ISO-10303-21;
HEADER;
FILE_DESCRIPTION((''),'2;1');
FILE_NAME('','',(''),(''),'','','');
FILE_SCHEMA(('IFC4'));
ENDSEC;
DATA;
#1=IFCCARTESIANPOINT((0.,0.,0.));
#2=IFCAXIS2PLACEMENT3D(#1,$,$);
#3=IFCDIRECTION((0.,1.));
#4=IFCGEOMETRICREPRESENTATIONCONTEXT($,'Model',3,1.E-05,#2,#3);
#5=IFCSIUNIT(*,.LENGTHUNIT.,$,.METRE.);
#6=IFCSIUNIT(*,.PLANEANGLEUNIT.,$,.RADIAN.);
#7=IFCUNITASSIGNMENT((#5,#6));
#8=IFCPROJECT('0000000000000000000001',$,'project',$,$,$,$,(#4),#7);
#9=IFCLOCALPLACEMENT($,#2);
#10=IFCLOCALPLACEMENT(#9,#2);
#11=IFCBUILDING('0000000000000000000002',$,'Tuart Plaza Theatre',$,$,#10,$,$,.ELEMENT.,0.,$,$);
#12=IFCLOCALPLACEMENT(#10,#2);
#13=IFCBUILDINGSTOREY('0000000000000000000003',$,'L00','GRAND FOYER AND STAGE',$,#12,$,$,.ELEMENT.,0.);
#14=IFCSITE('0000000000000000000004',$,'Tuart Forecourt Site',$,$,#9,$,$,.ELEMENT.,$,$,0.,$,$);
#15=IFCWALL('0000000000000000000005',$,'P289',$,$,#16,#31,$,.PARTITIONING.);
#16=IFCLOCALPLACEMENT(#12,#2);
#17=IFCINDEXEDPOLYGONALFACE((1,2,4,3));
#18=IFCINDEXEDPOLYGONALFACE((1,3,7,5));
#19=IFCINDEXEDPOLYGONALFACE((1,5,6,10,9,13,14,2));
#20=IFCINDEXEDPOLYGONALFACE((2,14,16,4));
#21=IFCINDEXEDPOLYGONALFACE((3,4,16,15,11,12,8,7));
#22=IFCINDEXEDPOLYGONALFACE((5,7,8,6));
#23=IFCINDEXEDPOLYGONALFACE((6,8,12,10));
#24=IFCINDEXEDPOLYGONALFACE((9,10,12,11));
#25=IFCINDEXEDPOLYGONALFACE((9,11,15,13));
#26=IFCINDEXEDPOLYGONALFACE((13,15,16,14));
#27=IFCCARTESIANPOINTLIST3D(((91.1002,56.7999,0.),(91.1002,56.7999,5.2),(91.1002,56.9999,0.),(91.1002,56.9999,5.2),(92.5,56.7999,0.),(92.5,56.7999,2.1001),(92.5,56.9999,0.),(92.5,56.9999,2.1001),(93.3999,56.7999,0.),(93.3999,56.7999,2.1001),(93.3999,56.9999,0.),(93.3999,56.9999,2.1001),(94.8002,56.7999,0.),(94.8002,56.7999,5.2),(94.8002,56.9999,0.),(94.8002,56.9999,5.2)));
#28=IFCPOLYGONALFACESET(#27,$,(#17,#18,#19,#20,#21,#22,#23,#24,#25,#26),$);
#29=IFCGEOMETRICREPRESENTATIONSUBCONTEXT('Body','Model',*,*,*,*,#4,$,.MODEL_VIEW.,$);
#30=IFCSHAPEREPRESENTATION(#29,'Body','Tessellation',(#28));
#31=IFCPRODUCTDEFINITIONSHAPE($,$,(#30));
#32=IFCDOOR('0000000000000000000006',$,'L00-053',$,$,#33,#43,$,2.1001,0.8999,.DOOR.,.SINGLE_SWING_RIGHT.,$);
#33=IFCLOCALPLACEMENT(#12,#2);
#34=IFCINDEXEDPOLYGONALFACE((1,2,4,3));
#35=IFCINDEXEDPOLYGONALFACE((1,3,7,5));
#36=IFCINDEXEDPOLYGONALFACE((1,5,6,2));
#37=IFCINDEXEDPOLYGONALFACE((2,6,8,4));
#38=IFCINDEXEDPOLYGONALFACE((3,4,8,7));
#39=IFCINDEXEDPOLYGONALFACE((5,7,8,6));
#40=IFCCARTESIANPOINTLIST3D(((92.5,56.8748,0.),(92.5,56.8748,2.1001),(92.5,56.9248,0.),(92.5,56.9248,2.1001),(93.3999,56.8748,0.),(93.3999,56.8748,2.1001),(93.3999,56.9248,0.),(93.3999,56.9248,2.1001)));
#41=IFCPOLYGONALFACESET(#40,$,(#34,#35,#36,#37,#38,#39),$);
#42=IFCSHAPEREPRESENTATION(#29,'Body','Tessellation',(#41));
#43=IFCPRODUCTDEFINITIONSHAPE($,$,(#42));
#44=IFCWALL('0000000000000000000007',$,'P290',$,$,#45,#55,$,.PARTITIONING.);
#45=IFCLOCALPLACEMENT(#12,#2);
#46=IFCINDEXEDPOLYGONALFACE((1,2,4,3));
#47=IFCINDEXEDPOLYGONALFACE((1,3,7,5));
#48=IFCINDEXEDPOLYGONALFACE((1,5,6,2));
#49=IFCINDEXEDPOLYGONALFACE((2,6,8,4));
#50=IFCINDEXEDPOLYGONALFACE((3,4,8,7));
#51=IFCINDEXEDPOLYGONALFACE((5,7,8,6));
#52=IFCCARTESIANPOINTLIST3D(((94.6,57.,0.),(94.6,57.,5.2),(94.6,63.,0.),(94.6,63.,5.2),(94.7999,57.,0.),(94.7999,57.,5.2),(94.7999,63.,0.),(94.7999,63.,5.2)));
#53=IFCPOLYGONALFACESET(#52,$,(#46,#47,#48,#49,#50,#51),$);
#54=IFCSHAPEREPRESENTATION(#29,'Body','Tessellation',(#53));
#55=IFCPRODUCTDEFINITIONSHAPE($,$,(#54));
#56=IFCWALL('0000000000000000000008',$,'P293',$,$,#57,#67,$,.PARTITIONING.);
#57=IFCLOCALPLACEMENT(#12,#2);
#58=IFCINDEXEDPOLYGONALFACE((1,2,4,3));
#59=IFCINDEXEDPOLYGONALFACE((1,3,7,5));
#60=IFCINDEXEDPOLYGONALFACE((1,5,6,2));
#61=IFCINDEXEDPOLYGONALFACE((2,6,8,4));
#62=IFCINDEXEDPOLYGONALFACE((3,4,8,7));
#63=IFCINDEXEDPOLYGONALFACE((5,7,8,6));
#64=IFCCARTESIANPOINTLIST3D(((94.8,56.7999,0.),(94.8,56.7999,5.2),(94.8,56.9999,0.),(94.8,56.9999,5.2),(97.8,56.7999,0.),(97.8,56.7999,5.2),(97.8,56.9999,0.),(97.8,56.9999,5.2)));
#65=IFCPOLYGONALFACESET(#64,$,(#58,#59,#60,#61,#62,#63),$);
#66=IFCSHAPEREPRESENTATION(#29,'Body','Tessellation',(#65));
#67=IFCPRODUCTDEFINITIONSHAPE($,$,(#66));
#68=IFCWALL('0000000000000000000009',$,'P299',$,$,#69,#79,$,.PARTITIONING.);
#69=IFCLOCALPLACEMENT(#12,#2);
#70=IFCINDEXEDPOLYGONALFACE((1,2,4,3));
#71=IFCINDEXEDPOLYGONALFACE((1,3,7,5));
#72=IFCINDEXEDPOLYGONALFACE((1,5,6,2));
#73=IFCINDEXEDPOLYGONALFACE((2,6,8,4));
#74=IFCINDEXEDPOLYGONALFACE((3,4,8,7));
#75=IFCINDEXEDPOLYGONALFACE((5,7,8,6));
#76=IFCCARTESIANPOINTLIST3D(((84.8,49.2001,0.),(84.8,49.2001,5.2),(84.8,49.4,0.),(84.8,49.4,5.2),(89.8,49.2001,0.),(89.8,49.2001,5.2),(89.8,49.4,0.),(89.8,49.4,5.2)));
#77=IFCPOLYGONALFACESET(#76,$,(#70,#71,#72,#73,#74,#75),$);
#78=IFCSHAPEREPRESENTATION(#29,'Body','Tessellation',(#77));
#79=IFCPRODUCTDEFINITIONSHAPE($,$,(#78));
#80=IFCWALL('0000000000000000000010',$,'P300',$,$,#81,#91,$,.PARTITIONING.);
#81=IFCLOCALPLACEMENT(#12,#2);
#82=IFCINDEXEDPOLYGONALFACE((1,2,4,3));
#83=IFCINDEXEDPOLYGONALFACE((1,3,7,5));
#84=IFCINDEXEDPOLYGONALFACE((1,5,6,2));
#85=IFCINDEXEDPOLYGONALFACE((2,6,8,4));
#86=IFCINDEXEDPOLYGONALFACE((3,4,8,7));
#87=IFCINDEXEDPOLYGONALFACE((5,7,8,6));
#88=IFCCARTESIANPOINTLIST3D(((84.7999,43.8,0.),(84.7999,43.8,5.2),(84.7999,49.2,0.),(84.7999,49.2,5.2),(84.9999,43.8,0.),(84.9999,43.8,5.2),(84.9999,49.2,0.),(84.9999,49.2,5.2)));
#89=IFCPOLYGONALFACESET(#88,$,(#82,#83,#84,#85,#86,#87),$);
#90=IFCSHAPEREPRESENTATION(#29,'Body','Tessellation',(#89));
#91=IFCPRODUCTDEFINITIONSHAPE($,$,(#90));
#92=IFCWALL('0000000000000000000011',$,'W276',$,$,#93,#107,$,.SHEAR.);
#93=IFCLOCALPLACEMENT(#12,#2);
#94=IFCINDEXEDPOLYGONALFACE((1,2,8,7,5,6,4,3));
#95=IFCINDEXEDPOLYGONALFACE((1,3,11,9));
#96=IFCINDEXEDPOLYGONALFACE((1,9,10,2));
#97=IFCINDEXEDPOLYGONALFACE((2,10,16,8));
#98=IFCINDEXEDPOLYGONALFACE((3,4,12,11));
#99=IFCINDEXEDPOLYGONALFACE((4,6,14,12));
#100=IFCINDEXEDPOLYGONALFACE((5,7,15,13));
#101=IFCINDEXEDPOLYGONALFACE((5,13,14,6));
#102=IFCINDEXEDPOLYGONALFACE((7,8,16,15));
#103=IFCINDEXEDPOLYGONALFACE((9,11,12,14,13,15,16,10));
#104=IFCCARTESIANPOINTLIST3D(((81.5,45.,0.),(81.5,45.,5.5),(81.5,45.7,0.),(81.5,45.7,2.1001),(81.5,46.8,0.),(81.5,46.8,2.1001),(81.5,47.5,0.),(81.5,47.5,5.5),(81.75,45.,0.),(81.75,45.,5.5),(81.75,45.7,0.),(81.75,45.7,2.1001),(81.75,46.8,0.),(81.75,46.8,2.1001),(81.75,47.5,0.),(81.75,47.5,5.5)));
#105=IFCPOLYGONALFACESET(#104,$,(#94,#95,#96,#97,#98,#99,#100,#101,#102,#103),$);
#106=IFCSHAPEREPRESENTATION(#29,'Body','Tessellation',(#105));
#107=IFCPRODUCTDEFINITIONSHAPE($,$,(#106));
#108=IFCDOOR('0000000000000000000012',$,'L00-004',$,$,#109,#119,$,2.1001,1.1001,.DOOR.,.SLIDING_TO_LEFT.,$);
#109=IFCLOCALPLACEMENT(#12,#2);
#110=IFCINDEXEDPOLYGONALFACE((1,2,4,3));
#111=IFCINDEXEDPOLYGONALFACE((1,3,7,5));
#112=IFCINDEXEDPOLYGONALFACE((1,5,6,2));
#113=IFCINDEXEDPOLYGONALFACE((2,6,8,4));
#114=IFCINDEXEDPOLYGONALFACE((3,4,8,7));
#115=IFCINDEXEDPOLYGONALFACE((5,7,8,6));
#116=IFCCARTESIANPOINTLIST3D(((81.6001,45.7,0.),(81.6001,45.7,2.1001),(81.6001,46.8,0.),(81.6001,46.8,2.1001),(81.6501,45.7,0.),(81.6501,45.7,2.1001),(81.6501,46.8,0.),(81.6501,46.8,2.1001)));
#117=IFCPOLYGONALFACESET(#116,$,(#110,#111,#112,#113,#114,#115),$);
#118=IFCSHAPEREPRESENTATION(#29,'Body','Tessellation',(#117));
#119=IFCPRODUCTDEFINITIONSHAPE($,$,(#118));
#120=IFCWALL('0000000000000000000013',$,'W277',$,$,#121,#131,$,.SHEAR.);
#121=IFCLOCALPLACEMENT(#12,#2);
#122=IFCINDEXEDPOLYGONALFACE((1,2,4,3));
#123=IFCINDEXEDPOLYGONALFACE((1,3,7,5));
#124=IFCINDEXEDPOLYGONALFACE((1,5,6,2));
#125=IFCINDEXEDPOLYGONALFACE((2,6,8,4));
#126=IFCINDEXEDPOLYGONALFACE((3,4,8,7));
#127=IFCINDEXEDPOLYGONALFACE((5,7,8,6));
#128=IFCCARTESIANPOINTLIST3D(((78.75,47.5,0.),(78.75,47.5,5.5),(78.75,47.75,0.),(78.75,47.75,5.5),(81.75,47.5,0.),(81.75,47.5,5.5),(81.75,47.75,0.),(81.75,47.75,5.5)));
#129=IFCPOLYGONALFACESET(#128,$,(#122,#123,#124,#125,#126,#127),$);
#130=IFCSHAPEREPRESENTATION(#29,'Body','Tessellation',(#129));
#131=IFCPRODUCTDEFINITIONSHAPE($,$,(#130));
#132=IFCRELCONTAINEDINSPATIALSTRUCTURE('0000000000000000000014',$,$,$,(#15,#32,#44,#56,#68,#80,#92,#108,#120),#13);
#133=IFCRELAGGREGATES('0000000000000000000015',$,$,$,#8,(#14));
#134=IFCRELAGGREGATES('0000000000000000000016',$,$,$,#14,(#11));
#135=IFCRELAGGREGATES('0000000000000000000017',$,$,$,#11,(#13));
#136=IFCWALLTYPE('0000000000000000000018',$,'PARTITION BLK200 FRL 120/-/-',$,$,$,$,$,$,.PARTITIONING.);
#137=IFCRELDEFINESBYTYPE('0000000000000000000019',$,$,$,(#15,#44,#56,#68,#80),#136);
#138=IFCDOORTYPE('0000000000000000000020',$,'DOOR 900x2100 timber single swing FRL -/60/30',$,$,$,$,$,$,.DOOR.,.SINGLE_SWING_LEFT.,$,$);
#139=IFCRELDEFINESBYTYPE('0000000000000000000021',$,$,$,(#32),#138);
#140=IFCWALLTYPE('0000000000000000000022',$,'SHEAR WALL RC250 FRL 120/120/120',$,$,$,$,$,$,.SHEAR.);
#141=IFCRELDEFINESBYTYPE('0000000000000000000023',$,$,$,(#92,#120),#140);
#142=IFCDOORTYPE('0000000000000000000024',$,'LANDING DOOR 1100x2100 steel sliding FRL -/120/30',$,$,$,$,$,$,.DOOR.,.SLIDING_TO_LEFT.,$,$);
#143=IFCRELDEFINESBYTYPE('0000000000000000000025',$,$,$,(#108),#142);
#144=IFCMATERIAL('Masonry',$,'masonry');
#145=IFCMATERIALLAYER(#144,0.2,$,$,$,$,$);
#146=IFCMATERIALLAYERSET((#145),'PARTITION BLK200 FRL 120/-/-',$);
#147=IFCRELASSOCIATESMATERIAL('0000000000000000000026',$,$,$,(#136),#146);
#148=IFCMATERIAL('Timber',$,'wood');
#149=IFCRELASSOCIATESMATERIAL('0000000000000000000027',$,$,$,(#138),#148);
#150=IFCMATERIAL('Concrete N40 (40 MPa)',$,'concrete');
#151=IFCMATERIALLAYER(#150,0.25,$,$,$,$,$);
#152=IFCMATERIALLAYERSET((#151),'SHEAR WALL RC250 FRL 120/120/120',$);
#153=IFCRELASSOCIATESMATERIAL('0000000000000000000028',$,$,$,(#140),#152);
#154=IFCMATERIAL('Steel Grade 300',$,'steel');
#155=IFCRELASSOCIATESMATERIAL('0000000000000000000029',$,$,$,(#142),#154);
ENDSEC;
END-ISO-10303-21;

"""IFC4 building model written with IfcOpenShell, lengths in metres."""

from ifc_helpers import new_model, si_unit, direction, frame, frame_2d, origin, place, context, subcontext, project, spatial, rectangle, extrude, material, layer, layer_set, type_object, element, fill, save


model = new_model("IFC4")

# Units and contexts
model_context = context("Model", 3, precision=1e-05, world=origin(), true_north=direction((0.0, 1.0)))
body_context = subcontext(model_context, "Body", "Model", "MODEL_VIEW")
ifc_project = project(units=[si_unit("LENGTHUNIT", "METRE"), si_unit("PLANEANGLEUNIT", "RADIAN")], contexts=[model_context])

# Site, building, storey
site_placement = place(None, origin())
site = spatial("IfcSite", under=ifc_project, at=site_placement, Name="Tuart Forecourt Site", CompositionType="ELEMENT", RefElevation=0.0)
building_placement = place(site_placement, origin())
building = spatial("IfcBuilding", under=site, at=building_placement, Name="Tuart Plaza Theatre", CompositionType="ELEMENT", ElevationOfRefHeight=0.0)
storey_placement = place(building_placement, origin())
storey = spatial("IfcBuildingStorey", under=building, at=storey_placement, Name="L00", Description="GRAND FOYER AND STAGE", CompositionType="ELEMENT", Elevation=0.0)

# Shared definitions
ifc_material_1 = material(Name="Masonry", Category="masonry")
ifc_layer_1 = layer(ifc_material_1, 0.2)
ifc_layer_set_1 = layer_set([ifc_layer_1], Name="PARTITION BLK200 FRL 120/-/-")
wall_type_1 = type_object("IfcWallType", Name="PARTITION BLK200 FRL 120/-/-", PredefinedType="PARTITIONING", material=ifc_layer_set_1)
ifc_material_2 = material(Name="Timber", Category="wood")
door_type_1 = type_object("IfcDoorType", Name="DOOR 900x2100 timber single swing FRL -/60/30", OperationType="SINGLE_SWING_LEFT", PredefinedType="DOOR", material=ifc_material_2)

# Wall, opening, door
wall_1_placement = place(storey_placement, frame((91.1001, 56.8999, 0.0), z_axis=(0.0, 0.0, 1.0), x_axis=(1.0, 0.0, 0.0)))
wall_1 = element("IfcWall", 1, at=wall_1_placement, inside=storey, type_object=wall_type_1, Name="P289", PredefinedType="PARTITIONING", context=body_context, shape_type="SweptSolid", body=[
    extrude(rectangle(XDim=3.7, YDim=0.2, at=frame_2d((1.8501, 0.0))), origin(), (0.0, 0.0, 1.0), 5.2),
])
opening_1_placement = place(wall_1_placement, frame((1.3999, 0.0, 0.0)))
opening_1 = element("IfcOpeningElement", 2, at=opening_1_placement, cuts=wall_1, PredefinedType="OPENING", context=body_context, shape_type="SweptSolid", body=[
    extrude(rectangle(XDim=0.8999, YDim=2.1001, at=frame_2d((0.45, 1.05))), frame((0.0, 0.1099, 0.0), z_axis=(0.0, -1.0, 0.0), x_axis=(1.0, 0.0, 0.0)), (0.0, 0.0, 1.0), 0.22),
])
door_1_placement = place(opening_1_placement, origin())
door_1 = element("IfcDoor", 3, at=door_1_placement, inside=storey, type_object=door_type_1, Name="L00-053", OperationType="SINGLE_SWING_RIGHT", OverallHeight=2.1001, OverallWidth=0.8999, PredefinedType="DOOR", context=body_context, shape_type="SweptSolid", body=[
    extrude(rectangle(XDim=0.8999, YDim=2.1001, at=frame_2d((0.45, 1.05))), frame((0.0, 0.0249, 0.0), z_axis=(0.0, -1.0, 0.0), x_axis=(1.0, 0.0, 0.0)), (0.0, 0.0, 1.0), 0.05),
])
fill(opening_1, door_1)

# Walls
wall_2_placement = place(storey_placement, frame((94.7, 57.0, 0.0), z_axis=(0.0, 0.0, 1.0), x_axis=(0.0, 1.0, 0.0)))
element("IfcWall", 4, at=wall_2_placement, inside=storey, type_object=wall_type_1, Name="P290", PredefinedType="PARTITIONING", context=body_context, shape_type="SweptSolid", body=[
    extrude(rectangle(XDim=6.0, YDim=0.2, at=frame_2d((3.0, 0.0))), origin(), (0.0, 0.0, 1.0), 5.2),
])
wall_3_placement = place(storey_placement, frame((94.8, 56.8999, 0.0), z_axis=(0.0, 0.0, 1.0), x_axis=(1.0, 0.0, 0.0)))
element("IfcWall", 5, at=wall_3_placement, inside=storey, type_object=wall_type_1, Name="P293", PredefinedType="PARTITIONING", context=body_context, shape_type="SweptSolid", body=[
    extrude(rectangle(XDim=3.0, YDim=0.2, at=frame_2d((1.5, 0.0))), origin(), (0.0, 0.0, 1.0), 5.2),
])
wall_4_placement = place(storey_placement, frame((89.8, 49.3, 0.0), z_axis=(0.0, 0.0, 1.0), x_axis=(-1.0, 0.0, 0.0)))
element("IfcWall", 6, at=wall_4_placement, inside=storey, type_object=wall_type_1, Name="P299", PredefinedType="PARTITIONING", context=body_context, shape_type="SweptSolid", body=[
    extrude(rectangle(XDim=5.0, YDim=0.2, at=frame_2d((2.5, 0.0))), origin(), (0.0, 0.0, 1.0), 5.2),
])
wall_5_placement = place(storey_placement, frame((84.8999, 49.2, 0.0), z_axis=(0.0, 0.0, 1.0), x_axis=(0.0, -1.0, 0.0)))
element("IfcWall", 7, at=wall_5_placement, inside=storey, type_object=wall_type_1, Name="P300", PredefinedType="PARTITIONING", context=body_context, shape_type="SweptSolid", body=[
    extrude(rectangle(XDim=5.3999, YDim=0.2, at=frame_2d((2.7, 0.0))), origin(), (0.0, 0.0, 1.0), 5.2),
])

# Wall, opening, door
ifc_material_3 = material(Name="Concrete N40 (40 MPa)", Category="concrete")
ifc_layer_2 = layer(ifc_material_3, 0.25)
ifc_layer_set_2 = layer_set([ifc_layer_2], Name="SHEAR WALL RC250 FRL 120/120/120")
wall_type_2 = type_object("IfcWallType", Name="SHEAR WALL RC250 FRL 120/120/120", PredefinedType="SHEAR", material=ifc_layer_set_2)
wall_6_placement = place(storey_placement, frame((81.625, 45.0, 0.0), z_axis=(0.0, 0.0, 1.0), x_axis=(0.0, 1.0, 0.0)))
wall_6 = element("IfcWall", 8, at=wall_6_placement, inside=storey, type_object=wall_type_2, Name="W276", PredefinedType="SHEAR", context=body_context, shape_type="SweptSolid", body=[
    extrude(rectangle(XDim=2.5, YDim=0.25, at=frame_2d((1.25, 0.0))), origin(), (0.0, 0.0, 1.0), 5.5),
])
opening_2_placement = place(wall_6_placement, frame((0.7, 0.0, 0.0)))
opening_2 = element("IfcOpeningElement", 9, at=opening_2_placement, cuts=wall_6, PredefinedType="OPENING", context=body_context, shape_type="SweptSolid", body=[
    extrude(rectangle(XDim=1.1001, YDim=2.1001, at=frame_2d((0.55, 1.05))), frame((0.0, 0.135, 0.0), z_axis=(0.0, -1.0, 0.0), x_axis=(1.0, 0.0, 0.0)), (0.0, 0.0, 1.0), 0.27),
])
ifc_material_4 = material(Name="Steel Grade 300", Category="steel")
door_type_2 = type_object("IfcDoorType", Name="LANDING DOOR 1100x2100 steel sliding FRL -/120/30", OperationType="SLIDING_TO_LEFT", PredefinedType="DOOR", material=ifc_material_4)
door_2_placement = place(opening_2_placement, origin())
door_2 = element("IfcDoor", 10, at=door_2_placement, inside=storey, type_object=door_type_2, Name="L00-004", OperationType="SLIDING_TO_LEFT", OverallHeight=2.1001, OverallWidth=1.1001, PredefinedType="DOOR", context=body_context, shape_type="SweptSolid", body=[
    extrude(rectangle(XDim=1.1001, YDim=2.1001, at=frame_2d((0.55, 1.05))), frame((0.0, 0.0249, 0.0), z_axis=(0.0, -1.0, 0.0), x_axis=(1.0, 0.0, 0.0)), (0.0, 0.0, 1.0), 0.05),
])
fill(opening_2, door_2)

# Wall
wall_7_placement = place(storey_placement, frame((81.75, 47.625, 0.0), z_axis=(0.0, 0.0, 1.0), x_axis=(-1.0, 0.0, 0.0)))
element("IfcWall", 11, at=wall_7_placement, inside=storey, type_object=wall_type_2, Name="W277", PredefinedType="SHEAR", context=body_context, shape_type="SweptSolid", body=[
    extrude(rectangle(XDim=3.0, YDim=0.25, at=frame_2d((1.5, 0.0))), origin(), (0.0, 0.0, 1.0), 5.5),
])

save(model, "model.ifc")
